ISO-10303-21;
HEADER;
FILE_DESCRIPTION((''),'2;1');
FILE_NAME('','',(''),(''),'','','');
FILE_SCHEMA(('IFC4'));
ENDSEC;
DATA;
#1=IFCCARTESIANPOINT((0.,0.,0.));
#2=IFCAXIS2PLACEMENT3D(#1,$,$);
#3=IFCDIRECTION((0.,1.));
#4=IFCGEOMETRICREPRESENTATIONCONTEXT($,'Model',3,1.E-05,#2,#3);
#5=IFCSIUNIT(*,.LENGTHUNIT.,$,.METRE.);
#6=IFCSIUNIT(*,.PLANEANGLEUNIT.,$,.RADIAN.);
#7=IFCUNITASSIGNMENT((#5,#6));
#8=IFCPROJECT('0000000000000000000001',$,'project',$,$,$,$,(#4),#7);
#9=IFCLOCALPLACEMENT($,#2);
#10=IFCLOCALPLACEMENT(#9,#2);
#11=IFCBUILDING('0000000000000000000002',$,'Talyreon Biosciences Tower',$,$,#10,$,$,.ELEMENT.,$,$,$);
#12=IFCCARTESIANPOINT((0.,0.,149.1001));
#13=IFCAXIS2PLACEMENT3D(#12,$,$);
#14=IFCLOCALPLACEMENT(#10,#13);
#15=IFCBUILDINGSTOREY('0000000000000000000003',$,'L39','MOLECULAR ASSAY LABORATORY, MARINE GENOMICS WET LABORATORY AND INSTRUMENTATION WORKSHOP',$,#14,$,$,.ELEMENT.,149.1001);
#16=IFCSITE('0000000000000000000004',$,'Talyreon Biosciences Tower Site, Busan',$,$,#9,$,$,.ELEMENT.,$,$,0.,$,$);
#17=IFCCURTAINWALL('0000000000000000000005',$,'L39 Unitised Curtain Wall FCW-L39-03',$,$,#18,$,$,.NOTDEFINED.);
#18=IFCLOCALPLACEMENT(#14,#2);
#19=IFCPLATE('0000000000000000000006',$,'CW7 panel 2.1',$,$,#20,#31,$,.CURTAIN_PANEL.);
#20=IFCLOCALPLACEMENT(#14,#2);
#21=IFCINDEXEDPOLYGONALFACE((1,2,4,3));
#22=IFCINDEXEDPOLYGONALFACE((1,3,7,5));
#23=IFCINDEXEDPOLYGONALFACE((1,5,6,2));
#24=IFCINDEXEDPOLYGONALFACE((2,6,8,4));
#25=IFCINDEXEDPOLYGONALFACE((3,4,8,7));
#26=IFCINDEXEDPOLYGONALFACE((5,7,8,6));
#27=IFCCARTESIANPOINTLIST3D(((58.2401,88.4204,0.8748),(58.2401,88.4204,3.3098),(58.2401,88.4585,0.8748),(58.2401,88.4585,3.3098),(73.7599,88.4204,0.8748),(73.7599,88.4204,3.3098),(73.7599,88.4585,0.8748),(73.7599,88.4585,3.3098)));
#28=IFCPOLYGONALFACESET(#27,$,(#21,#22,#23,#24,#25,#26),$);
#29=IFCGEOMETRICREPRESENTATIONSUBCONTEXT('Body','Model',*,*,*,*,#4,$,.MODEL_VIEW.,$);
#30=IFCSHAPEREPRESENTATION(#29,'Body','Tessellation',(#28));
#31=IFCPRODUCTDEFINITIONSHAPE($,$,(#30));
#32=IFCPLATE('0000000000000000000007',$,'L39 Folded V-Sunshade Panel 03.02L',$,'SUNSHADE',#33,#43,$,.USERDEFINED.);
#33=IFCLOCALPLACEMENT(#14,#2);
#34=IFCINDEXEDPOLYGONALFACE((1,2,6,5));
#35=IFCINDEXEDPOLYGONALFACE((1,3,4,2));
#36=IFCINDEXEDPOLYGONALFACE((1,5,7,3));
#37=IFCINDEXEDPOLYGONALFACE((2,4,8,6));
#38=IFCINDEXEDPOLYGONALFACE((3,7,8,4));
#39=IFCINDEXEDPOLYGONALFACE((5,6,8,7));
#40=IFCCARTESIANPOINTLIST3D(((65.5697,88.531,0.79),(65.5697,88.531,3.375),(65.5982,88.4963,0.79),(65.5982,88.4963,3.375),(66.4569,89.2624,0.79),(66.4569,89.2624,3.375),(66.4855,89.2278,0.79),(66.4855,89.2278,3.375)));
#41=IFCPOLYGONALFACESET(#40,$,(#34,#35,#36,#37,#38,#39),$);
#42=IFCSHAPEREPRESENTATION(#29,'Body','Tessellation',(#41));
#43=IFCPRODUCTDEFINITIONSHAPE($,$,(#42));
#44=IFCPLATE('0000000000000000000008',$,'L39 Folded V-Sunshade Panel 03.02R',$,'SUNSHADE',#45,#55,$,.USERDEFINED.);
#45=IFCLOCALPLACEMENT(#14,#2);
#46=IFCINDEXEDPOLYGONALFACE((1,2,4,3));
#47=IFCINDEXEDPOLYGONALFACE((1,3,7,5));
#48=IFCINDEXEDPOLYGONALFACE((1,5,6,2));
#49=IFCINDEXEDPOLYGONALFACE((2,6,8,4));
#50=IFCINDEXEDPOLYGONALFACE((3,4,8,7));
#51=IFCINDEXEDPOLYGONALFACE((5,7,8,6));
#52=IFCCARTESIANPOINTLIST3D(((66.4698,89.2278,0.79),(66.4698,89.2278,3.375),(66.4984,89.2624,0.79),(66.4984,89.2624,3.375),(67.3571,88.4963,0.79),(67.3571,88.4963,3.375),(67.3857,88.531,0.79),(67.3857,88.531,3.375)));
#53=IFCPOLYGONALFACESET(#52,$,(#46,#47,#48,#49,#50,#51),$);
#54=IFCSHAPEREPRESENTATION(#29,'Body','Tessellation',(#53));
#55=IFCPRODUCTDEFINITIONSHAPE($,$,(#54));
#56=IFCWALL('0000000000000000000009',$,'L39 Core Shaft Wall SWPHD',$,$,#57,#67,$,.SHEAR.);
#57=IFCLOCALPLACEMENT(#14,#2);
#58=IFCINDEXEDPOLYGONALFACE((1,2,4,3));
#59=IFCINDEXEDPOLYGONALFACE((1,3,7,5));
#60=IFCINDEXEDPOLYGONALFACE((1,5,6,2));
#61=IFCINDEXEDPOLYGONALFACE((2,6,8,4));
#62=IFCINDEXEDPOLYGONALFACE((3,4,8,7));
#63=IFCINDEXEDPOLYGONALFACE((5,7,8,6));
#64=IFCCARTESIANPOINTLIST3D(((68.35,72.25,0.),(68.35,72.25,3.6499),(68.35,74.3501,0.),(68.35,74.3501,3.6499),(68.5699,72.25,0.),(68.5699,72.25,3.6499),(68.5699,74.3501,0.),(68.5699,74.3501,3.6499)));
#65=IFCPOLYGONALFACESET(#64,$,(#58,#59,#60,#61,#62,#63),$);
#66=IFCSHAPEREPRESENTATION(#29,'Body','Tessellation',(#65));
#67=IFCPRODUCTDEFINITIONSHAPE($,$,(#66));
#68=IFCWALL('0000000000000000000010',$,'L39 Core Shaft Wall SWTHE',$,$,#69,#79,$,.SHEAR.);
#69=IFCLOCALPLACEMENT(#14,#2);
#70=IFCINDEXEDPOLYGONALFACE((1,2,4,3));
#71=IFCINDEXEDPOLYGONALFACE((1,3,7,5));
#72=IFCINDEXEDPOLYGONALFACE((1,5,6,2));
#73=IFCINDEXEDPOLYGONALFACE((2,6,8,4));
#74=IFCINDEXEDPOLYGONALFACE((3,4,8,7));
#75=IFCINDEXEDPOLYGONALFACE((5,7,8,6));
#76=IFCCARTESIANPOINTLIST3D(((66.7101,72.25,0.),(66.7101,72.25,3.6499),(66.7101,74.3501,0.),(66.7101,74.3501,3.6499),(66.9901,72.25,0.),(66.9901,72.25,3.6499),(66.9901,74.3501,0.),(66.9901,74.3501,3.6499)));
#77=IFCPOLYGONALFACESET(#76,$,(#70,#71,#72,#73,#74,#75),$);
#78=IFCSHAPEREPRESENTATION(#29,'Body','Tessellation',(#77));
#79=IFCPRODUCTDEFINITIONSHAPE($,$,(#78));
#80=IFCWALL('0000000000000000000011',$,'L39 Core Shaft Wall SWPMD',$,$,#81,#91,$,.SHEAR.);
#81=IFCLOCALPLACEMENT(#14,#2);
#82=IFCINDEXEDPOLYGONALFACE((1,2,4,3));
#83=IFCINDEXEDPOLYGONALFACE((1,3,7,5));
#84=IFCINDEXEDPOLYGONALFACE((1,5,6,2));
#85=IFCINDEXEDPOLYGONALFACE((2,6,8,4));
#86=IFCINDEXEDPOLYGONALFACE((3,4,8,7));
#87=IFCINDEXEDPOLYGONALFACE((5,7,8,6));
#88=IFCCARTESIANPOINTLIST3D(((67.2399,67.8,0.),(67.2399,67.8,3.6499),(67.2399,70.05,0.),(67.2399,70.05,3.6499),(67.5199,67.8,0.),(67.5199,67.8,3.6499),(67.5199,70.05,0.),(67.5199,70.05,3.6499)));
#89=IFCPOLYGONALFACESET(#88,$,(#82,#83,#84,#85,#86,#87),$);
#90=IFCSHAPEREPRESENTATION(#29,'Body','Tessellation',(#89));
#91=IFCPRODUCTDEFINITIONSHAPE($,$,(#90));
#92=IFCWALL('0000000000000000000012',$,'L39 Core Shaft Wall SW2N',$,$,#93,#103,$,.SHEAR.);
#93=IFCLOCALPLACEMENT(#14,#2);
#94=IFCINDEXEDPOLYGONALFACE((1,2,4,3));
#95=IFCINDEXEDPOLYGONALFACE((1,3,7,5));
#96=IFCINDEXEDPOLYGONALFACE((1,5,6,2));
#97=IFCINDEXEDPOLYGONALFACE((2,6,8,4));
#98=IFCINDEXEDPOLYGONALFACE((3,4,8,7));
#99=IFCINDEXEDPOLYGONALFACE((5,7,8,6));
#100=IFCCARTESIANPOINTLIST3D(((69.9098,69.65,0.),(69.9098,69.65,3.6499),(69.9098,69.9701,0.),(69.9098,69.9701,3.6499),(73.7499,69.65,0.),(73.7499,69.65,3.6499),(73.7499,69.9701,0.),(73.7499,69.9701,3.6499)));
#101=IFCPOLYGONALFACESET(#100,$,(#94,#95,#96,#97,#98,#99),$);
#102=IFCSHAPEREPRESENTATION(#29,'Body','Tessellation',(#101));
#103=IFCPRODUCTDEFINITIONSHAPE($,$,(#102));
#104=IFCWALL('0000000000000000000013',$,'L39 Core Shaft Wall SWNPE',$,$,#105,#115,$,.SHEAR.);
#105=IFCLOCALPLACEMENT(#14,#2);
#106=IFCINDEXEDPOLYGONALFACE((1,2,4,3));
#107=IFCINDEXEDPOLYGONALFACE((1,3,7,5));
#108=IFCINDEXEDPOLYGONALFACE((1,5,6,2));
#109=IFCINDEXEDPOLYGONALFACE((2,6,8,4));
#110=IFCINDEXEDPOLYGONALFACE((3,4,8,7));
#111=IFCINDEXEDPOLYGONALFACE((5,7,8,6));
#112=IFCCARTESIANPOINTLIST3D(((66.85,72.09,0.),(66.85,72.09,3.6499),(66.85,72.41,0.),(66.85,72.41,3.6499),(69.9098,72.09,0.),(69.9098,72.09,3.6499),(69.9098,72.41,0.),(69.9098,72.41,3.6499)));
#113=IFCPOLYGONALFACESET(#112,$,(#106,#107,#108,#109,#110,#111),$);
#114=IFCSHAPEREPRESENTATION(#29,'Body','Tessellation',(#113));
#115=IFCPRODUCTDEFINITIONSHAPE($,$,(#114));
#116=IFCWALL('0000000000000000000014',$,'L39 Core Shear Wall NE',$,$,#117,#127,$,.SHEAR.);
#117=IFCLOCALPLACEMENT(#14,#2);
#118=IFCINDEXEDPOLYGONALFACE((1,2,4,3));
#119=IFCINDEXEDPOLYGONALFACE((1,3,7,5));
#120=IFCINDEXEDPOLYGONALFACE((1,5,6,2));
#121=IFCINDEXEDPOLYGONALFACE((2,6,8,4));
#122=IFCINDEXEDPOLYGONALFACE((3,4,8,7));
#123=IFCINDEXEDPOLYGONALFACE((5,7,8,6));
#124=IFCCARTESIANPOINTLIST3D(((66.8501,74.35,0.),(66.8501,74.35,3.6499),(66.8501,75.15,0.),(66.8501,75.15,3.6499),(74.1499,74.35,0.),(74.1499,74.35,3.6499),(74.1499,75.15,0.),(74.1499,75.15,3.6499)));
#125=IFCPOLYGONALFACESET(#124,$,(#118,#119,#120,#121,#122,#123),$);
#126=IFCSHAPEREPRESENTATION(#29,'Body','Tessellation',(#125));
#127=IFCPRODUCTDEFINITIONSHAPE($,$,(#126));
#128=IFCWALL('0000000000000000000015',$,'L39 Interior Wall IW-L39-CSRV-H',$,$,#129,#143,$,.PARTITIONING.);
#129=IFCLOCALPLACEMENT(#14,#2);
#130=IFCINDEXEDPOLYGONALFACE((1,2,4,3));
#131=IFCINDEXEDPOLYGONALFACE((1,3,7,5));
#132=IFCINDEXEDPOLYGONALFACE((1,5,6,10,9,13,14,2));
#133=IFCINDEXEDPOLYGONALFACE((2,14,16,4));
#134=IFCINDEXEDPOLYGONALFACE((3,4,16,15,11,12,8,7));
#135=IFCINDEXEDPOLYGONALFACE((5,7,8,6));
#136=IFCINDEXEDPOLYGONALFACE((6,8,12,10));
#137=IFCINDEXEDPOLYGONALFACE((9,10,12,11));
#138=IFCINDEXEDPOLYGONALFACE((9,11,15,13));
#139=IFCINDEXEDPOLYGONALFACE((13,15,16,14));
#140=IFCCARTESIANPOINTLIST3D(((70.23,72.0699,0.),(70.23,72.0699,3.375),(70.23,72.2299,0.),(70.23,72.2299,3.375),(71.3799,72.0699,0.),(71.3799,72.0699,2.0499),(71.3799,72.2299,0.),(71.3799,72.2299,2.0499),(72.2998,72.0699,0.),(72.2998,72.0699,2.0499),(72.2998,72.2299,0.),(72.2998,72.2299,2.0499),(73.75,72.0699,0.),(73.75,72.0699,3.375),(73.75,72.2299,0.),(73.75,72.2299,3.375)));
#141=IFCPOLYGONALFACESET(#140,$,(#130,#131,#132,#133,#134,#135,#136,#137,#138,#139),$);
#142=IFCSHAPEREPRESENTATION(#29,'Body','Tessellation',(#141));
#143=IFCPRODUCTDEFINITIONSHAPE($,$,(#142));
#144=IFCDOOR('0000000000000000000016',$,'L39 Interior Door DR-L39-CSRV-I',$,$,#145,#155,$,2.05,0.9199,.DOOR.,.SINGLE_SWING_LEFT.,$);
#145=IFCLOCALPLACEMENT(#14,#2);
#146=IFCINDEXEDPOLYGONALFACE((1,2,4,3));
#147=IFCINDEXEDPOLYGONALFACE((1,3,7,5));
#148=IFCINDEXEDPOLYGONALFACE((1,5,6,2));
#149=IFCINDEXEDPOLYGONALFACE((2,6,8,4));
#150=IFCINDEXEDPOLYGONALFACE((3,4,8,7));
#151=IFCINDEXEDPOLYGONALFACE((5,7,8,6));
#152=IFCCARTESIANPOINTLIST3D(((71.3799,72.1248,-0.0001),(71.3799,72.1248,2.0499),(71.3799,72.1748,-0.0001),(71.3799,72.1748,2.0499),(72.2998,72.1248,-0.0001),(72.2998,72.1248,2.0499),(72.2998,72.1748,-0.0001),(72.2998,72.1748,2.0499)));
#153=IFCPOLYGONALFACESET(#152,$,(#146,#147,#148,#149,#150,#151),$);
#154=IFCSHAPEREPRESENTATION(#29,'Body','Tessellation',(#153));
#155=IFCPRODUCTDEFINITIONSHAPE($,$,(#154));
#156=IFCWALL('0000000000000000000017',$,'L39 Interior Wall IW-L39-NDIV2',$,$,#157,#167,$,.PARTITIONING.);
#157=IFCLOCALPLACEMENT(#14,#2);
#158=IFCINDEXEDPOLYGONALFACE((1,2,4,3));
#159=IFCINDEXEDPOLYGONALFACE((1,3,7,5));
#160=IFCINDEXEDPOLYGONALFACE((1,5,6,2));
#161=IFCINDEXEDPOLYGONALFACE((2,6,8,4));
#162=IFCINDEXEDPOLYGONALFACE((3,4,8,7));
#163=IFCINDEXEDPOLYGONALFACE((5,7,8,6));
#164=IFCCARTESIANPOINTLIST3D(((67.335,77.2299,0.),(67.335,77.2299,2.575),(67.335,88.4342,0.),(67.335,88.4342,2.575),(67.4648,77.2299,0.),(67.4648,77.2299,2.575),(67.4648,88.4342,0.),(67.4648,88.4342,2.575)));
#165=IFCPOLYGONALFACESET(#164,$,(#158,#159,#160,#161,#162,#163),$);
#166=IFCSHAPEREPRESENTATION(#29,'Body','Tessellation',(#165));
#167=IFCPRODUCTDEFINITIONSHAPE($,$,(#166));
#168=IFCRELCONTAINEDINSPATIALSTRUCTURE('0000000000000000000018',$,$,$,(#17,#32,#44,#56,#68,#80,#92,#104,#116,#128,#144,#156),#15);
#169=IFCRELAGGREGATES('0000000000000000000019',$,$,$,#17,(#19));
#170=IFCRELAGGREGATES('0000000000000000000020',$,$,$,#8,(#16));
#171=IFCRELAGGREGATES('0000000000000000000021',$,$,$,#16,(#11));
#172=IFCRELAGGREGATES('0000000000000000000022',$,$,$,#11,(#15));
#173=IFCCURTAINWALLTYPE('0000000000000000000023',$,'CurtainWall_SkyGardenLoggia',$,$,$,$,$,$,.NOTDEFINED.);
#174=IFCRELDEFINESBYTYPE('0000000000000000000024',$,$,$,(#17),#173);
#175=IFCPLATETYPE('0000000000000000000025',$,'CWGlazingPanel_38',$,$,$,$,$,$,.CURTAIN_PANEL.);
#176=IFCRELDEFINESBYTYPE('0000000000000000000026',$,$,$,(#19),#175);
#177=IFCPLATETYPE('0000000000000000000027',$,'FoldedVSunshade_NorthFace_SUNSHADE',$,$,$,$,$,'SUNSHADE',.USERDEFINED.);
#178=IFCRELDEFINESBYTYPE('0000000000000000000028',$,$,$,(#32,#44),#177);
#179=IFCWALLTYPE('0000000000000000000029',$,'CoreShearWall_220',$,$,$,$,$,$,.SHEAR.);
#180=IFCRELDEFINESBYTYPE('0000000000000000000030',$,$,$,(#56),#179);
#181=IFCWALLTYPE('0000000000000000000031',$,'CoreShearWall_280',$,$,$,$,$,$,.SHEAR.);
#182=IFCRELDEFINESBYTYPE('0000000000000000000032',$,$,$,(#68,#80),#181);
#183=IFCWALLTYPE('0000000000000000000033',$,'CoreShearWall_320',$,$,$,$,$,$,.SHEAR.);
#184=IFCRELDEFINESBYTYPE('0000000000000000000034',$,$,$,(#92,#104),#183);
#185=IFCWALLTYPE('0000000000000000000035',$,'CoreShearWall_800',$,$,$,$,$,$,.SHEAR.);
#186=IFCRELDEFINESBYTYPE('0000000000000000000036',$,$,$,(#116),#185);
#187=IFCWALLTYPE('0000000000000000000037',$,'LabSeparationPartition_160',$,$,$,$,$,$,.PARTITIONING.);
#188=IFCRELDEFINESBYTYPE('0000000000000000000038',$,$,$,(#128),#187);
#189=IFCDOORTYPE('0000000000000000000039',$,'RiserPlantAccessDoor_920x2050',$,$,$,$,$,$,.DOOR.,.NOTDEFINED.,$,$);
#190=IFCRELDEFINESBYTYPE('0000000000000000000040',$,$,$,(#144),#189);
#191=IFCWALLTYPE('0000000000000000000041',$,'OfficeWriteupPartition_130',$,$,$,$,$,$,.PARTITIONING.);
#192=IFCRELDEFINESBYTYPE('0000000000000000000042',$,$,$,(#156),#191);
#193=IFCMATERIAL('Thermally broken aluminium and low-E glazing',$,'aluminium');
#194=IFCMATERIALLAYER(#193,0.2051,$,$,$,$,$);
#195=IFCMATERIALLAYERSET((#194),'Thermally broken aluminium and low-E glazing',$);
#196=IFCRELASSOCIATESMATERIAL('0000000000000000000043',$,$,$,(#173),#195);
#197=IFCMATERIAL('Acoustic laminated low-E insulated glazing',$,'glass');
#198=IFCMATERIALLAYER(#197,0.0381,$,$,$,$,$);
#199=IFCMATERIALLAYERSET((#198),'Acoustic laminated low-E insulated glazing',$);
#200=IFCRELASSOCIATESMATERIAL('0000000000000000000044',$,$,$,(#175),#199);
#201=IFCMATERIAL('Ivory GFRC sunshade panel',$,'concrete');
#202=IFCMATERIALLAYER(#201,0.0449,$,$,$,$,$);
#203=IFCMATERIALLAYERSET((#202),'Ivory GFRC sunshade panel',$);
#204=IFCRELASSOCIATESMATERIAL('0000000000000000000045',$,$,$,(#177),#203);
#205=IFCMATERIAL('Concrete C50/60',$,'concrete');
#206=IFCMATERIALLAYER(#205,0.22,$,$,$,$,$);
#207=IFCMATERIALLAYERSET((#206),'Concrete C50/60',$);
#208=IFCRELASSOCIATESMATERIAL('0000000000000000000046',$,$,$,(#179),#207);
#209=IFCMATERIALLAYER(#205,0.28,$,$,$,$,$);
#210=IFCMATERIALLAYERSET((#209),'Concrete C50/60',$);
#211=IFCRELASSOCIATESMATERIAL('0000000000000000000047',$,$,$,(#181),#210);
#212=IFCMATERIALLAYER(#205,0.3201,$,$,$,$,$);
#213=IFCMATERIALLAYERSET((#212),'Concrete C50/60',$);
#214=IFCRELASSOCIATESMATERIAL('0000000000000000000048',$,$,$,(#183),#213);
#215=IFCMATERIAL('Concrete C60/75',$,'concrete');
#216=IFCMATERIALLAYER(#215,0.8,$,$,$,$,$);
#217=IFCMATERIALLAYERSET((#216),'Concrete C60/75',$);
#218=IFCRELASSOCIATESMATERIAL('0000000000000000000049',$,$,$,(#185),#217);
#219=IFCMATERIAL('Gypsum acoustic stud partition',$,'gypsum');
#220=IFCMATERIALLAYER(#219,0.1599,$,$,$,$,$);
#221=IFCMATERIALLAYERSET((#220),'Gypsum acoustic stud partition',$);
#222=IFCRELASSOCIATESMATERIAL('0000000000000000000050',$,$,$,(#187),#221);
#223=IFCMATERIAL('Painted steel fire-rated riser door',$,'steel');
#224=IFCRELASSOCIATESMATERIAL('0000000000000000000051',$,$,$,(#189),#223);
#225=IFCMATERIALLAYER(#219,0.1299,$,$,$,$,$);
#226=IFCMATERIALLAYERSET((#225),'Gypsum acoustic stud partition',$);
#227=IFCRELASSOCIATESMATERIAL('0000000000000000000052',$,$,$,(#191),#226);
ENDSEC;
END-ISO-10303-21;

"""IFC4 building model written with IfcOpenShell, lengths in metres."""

from ifc_helpers import new_model, si_unit, direction, frame, frame_2d, origin, origin_2d, place, context, subcontext, project, spatial, rectangle, extrude, material, layer, layer_set, type_object, element, fill, aggregate, save


model = new_model("IFC4")

# Units and contexts
model_context = context("Model", 3, precision=1e-05, world=origin(), true_north=direction((0.0, 1.0)))
body_context = subcontext(model_context, "Body", "Model", "MODEL_VIEW")
ifc_project = project(units=[si_unit("LENGTHUNIT", "METRE"), si_unit("PLANEANGLEUNIT", "RADIAN")], contexts=[model_context])

# Site, building, storey
site_placement = place(None, origin())
site = spatial("IfcSite", under=ifc_project, at=site_placement, Name="Talyreon Biosciences Tower Site, Busan", CompositionType="ELEMENT", RefElevation=0.0)
building_placement = place(site_placement, origin())
building = spatial("IfcBuilding", under=site, at=building_placement, Name="Talyreon Biosciences Tower", CompositionType="ELEMENT")
storey_placement = place(building_placement, frame((0.0, 0.0, 149.1001)))
storey = spatial("IfcBuildingStorey", under=building, at=storey_placement, Name="L39", Description="MOLECULAR ASSAY LABORATORY, MARINE GENOMICS WET LABORATORY AND INSTRUMENTATION WORKSHOP", CompositionType="ELEMENT", Elevation=149.1001)

# Shared definitions
ifc_material_1 = material(Name="Concrete C50/60", Category="concrete")

# Curtain wall
ifc_material_2 = material(Name="Thermally broken aluminium and low-E glazing", Category="aluminium")
ifc_layer_1 = layer(ifc_material_2, 0.2051)
ifc_layer_set_1 = layer_set([ifc_layer_1], Name="Thermally broken aluminium and low-E glazing")
curtain_wall_type = type_object("IfcCurtainWallType", Name="CurtainWall_SkyGardenLoggia", PredefinedType="NOTDEFINED", material=ifc_layer_set_1)
curtain_wall_placement = place(storey_placement, origin())
curtain_wall = element("IfcCurtainWall", 1, at=curtain_wall_placement, inside=storey, type_object=curtain_wall_type, Name="L39 Unitised Curtain Wall FCW-L39-03", PredefinedType="NOTDEFINED")

# Plate
ifc_material_3 = material(Name="Acoustic laminated low-E insulated glazing", Category="glass")
ifc_layer_2 = layer(ifc_material_3, 0.0381)
ifc_layer_set_2 = layer_set([ifc_layer_2], Name="Acoustic laminated low-E insulated glazing")
plate_type_1 = type_object("IfcPlateType", Name="CWGlazingPanel_38", PredefinedType="CURTAIN_PANEL", material=ifc_layer_set_2)
plate_placement = place(storey_placement, frame((66.0, 88.4395, 0.8748), z_axis=(0.0, 0.0, 1.0), x_axis=(1.0, 0.0, 0.0)))
plate = element("IfcPlate", 2, at=plate_placement, type_object=plate_type_1, Name="CW7 panel 2.1", PredefinedType="CURTAIN_PANEL", context=body_context, shape_type="SweptSolid", body=[
    extrude(rectangle(XDim=15.5198, YDim=0.0381, at=origin_2d()), origin(), (0.0, 0.0, 1.0), 2.4351),
])
aggregate(curtain_wall, [plate])

# Plates
ifc_material_4 = material(Name="Ivory GFRC sunshade panel", Category="concrete")
ifc_layer_3 = layer(ifc_material_4, 0.0449)
ifc_layer_set_3 = layer_set([ifc_layer_3], Name="Ivory GFRC sunshade panel")
plate_type_2 = type_object("IfcPlateType", Name="FoldedVSunshade_NorthFace_SUNSHADE", ElementType="SUNSHADE", PredefinedType="USERDEFINED", material=ifc_layer_set_3)
for number, where, z_axis, x_axis, name in (
    (3, (66.0276, 88.8794, 0.79), (0.0, 0.0, 1.0), (0.771625, 0.636078, 0.0), "L39 Folded V-Sunshade Panel 03.02L"),
    (4, (66.9277, 88.8794, 0.79), (0.0, 0.0, 1.0), (0.771625, -0.636078, 0.0), "L39 Folded V-Sunshade Panel 03.02R"),
):
    element("IfcPlate", number, at=place(storey_placement, frame(where, z_axis=z_axis, x_axis=x_axis)), inside=storey, type_object=plate_type_2, Name=name, ObjectType="SUNSHADE", PredefinedType="USERDEFINED", context=body_context, shape_type="SweptSolid", body=[
        extrude(rectangle(XDim=1.1499, YDim=0.0449, at=origin_2d()), origin(), (0.0, 0.0, 1.0), 2.585),
    ])

# Walls
ifc_layer_4 = layer(ifc_material_1, 0.22)
ifc_layer_set_4 = layer_set([ifc_layer_4], Name="Concrete C50/60")
wall_type_1 = type_object("IfcWallType", Name="CoreShearWall_220", PredefinedType="SHEAR", material=ifc_layer_set_4)
wall_1_placement = place(storey_placement, frame((68.46, 72.25, 0.0), z_axis=(0.0, 0.0, 1.0), x_axis=(0.0, 1.0, 0.0)))
element("IfcWall", 5, at=wall_1_placement, inside=storey, type_object=wall_type_1, Name="L39 Core Shaft Wall SWPHD", PredefinedType="SHEAR", context=body_context, shape_type="SweptSolid", body=[
    extrude(rectangle(XDim=2.1001, YDim=0.22, at=frame_2d((1.05, 0.0))), origin(), (0.0, 0.0, 1.0), 3.6499),
])
ifc_layer_5 = layer(ifc_material_1, 0.28)
ifc_layer_set_5 = layer_set([ifc_layer_5], Name="Concrete C50/60")
wall_type_2 = type_object("IfcWallType", Name="CoreShearWall_280", PredefinedType="SHEAR", material=ifc_layer_set_5)
wall_2_placement = place(storey_placement, frame((66.8501, 72.25, 0.0), z_axis=(0.0, 0.0, 1.0), x_axis=(0.0, 1.0, 0.0)))
element("IfcWall", 6, at=wall_2_placement, inside=storey, type_object=wall_type_2, Name="L39 Core Shaft Wall SWTHE", PredefinedType="SHEAR", context=body_context, shape_type="SweptSolid", body=[
    extrude(rectangle(XDim=2.1001, YDim=0.28, at=frame_2d((1.05, 0.0))), origin(), (0.0, 0.0, 1.0), 3.6499),
])
wall_3_placement = place(storey_placement, frame((67.3799, 67.8, 0.0), z_axis=(0.0, 0.0, 1.0), x_axis=(0.0, 1.0, 0.0)))
element("IfcWall", 7, at=wall_3_placement, inside=storey, type_object=wall_type_2, Name="L39 Core Shaft Wall SWPMD", PredefinedType="SHEAR", context=body_context, shape_type="SweptSolid", body=[
    extrude(rectangle(XDim=2.25, YDim=0.28, at=frame_2d((1.125, 0.0))), origin(), (0.0, 0.0, 1.0), 3.6499),
])
ifc_layer_6 = layer(ifc_material_1, 0.3201)
ifc_layer_set_6 = layer_set([ifc_layer_6], Name="Concrete C50/60")
wall_type_3 = type_object("IfcWallType", Name="CoreShearWall_320", PredefinedType="SHEAR", material=ifc_layer_set_6)
wall_4_placement = place(storey_placement, frame((69.9099, 69.8101, 0.0), z_axis=(0.0, 0.0, 1.0), x_axis=(1.0, 0.0, 0.0)))
element("IfcWall", 8, at=wall_4_placement, inside=storey, type_object=wall_type_3, Name="L39 Core Shaft Wall SW2N", PredefinedType="SHEAR", context=body_context, shape_type="SweptSolid", body=[
    extrude(rectangle(XDim=3.8401, YDim=0.3201, at=frame_2d((1.9199, 0.0))), origin(), (0.0, 0.0, 1.0), 3.6499),
])
wall_5_placement = place(storey_placement, frame((66.8501, 72.25, 0.0), z_axis=(0.0, 0.0, 1.0), x_axis=(1.0, 0.0, 0.0)))
element("IfcWall", 9, at=wall_5_placement, inside=storey, type_object=wall_type_3, Name="L39 Core Shaft Wall SWNPE", PredefinedType="SHEAR", context=body_context, shape_type="SweptSolid", body=[
    extrude(rectangle(XDim=3.0598, YDim=0.3201, at=frame_2d((1.5298, 0.0))), origin(), (0.0, 0.0, 1.0), 3.6499),
])
ifc_material_5 = material(Name="Concrete C60/75", Category="concrete")
ifc_layer_7 = layer(ifc_material_5, 0.8)
ifc_layer_set_7 = layer_set([ifc_layer_7], Name="Concrete C60/75")
wall_type_4 = type_object("IfcWallType", Name="CoreShearWall_800", PredefinedType="SHEAR", material=ifc_layer_set_7)
wall_6_placement = place(storey_placement, frame((74.1499, 74.75, 0.0), z_axis=(0.0, 0.0, 1.0), x_axis=(-1.0, 0.0, 0.0)))
element("IfcWall", 10, at=wall_6_placement, inside=storey, type_object=wall_type_4, Name="L39 Core Shear Wall NE", PredefinedType="SHEAR", context=body_context, shape_type="SweptSolid", body=[
    extrude(rectangle(XDim=7.2998, YDim=0.8, at=frame_2d((3.6499, 0.0))), origin(), (0.0, 0.0, 1.0), 3.6499),
])

# Wall, opening, door
ifc_material_6 = material(Name="Gypsum acoustic stud partition", Category="gypsum")
ifc_layer_8 = layer(ifc_material_6, 0.1599)
ifc_layer_set_8 = layer_set([ifc_layer_8], Name="Gypsum acoustic stud partition")
wall_type_5 = type_object("IfcWallType", Name="LabSeparationPartition_160", PredefinedType="PARTITIONING", material=ifc_layer_set_8)
wall_7_placement = place(storey_placement, frame((70.23, 72.1499, 0.0), z_axis=(0.0, 0.0, 1.0), x_axis=(1.0, 0.0, 0.0)))
wall_7 = element("IfcWall", 11, at=wall_7_placement, inside=storey, type_object=wall_type_5, Name="L39 Interior Wall IW-L39-CSRV-H", PredefinedType="PARTITIONING", context=body_context, shape_type="SweptSolid", body=[
    extrude(rectangle(XDim=3.52, YDim=0.1599, at=frame_2d((1.76, 0.0))), origin(), (0.0, 0.0, 1.0), 3.375),
])
opening_placement = place(wall_7_placement, frame((1.1499, 0.0, 0.0)))
opening = element("IfcOpeningElement", 12, at=opening_placement, cuts=wall_7, PredefinedType="OPENING", context=body_context, shape_type="SweptSolid", body=[
    extrude(rectangle(XDim=0.9199, YDim=2.05, at=frame_2d((0.46, 1.0249))), frame((0.0, 0.0898, 0.0), z_axis=(0.0, -1.0, 0.0), x_axis=(1.0, 0.0, 0.0)), (0.0, 0.0, 1.0), 0.1799),
])
ifc_material_7 = material(Name="Painted steel fire-rated riser door", Category="steel")
door_type = type_object("IfcDoorType", Name="RiserPlantAccessDoor_920x2050", OperationType="NOTDEFINED", PredefinedType="DOOR", material=ifc_material_7)
door_placement = place(opening_placement, origin())
door = element("IfcDoor", 13, at=door_placement, inside=storey, type_object=door_type, Name="L39 Interior Door DR-L39-CSRV-I", OperationType="SINGLE_SWING_LEFT", OverallHeight=2.05, OverallWidth=0.9199, PredefinedType="DOOR", context=body_context, shape_type="SweptSolid", body=[
    extrude(rectangle(XDim=0.9199, YDim=2.05, at=frame_2d((0.46, 1.0249))), frame((0.0, 0.0249, 0.0), z_axis=(0.0, -1.0, 0.0), x_axis=(1.0, 0.0, 0.0)), (0.0, 0.0, 1.0), 0.05),
])
fill(opening, door)

# Wall
ifc_layer_9 = layer(ifc_material_6, 0.1299)
ifc_layer_set_9 = layer_set([ifc_layer_9], Name="Gypsum acoustic stud partition")
wall_type_6 = type_object("IfcWallType", Name="OfficeWriteupPartition_130", PredefinedType="PARTITIONING", material=ifc_layer_set_9)
wall_8_placement = place(storey_placement, frame((67.3999, 77.23, 0.0), z_axis=(0.0, 0.0, 1.0), x_axis=(0.0, 1.0, 0.0)))
element("IfcWall", 14, at=wall_8_placement, inside=storey, type_object=wall_type_6, Name="L39 Interior Wall IW-L39-NDIV2", PredefinedType="PARTITIONING", context=body_context, shape_type="SweptSolid", body=[
    extrude(rectangle(XDim=11.2043, YDim=0.1299, at=frame_2d((5.6021, 0.0))), origin(), (0.0, 0.0, 1.0), 2.575),
])

save(model, "model.ifc")
